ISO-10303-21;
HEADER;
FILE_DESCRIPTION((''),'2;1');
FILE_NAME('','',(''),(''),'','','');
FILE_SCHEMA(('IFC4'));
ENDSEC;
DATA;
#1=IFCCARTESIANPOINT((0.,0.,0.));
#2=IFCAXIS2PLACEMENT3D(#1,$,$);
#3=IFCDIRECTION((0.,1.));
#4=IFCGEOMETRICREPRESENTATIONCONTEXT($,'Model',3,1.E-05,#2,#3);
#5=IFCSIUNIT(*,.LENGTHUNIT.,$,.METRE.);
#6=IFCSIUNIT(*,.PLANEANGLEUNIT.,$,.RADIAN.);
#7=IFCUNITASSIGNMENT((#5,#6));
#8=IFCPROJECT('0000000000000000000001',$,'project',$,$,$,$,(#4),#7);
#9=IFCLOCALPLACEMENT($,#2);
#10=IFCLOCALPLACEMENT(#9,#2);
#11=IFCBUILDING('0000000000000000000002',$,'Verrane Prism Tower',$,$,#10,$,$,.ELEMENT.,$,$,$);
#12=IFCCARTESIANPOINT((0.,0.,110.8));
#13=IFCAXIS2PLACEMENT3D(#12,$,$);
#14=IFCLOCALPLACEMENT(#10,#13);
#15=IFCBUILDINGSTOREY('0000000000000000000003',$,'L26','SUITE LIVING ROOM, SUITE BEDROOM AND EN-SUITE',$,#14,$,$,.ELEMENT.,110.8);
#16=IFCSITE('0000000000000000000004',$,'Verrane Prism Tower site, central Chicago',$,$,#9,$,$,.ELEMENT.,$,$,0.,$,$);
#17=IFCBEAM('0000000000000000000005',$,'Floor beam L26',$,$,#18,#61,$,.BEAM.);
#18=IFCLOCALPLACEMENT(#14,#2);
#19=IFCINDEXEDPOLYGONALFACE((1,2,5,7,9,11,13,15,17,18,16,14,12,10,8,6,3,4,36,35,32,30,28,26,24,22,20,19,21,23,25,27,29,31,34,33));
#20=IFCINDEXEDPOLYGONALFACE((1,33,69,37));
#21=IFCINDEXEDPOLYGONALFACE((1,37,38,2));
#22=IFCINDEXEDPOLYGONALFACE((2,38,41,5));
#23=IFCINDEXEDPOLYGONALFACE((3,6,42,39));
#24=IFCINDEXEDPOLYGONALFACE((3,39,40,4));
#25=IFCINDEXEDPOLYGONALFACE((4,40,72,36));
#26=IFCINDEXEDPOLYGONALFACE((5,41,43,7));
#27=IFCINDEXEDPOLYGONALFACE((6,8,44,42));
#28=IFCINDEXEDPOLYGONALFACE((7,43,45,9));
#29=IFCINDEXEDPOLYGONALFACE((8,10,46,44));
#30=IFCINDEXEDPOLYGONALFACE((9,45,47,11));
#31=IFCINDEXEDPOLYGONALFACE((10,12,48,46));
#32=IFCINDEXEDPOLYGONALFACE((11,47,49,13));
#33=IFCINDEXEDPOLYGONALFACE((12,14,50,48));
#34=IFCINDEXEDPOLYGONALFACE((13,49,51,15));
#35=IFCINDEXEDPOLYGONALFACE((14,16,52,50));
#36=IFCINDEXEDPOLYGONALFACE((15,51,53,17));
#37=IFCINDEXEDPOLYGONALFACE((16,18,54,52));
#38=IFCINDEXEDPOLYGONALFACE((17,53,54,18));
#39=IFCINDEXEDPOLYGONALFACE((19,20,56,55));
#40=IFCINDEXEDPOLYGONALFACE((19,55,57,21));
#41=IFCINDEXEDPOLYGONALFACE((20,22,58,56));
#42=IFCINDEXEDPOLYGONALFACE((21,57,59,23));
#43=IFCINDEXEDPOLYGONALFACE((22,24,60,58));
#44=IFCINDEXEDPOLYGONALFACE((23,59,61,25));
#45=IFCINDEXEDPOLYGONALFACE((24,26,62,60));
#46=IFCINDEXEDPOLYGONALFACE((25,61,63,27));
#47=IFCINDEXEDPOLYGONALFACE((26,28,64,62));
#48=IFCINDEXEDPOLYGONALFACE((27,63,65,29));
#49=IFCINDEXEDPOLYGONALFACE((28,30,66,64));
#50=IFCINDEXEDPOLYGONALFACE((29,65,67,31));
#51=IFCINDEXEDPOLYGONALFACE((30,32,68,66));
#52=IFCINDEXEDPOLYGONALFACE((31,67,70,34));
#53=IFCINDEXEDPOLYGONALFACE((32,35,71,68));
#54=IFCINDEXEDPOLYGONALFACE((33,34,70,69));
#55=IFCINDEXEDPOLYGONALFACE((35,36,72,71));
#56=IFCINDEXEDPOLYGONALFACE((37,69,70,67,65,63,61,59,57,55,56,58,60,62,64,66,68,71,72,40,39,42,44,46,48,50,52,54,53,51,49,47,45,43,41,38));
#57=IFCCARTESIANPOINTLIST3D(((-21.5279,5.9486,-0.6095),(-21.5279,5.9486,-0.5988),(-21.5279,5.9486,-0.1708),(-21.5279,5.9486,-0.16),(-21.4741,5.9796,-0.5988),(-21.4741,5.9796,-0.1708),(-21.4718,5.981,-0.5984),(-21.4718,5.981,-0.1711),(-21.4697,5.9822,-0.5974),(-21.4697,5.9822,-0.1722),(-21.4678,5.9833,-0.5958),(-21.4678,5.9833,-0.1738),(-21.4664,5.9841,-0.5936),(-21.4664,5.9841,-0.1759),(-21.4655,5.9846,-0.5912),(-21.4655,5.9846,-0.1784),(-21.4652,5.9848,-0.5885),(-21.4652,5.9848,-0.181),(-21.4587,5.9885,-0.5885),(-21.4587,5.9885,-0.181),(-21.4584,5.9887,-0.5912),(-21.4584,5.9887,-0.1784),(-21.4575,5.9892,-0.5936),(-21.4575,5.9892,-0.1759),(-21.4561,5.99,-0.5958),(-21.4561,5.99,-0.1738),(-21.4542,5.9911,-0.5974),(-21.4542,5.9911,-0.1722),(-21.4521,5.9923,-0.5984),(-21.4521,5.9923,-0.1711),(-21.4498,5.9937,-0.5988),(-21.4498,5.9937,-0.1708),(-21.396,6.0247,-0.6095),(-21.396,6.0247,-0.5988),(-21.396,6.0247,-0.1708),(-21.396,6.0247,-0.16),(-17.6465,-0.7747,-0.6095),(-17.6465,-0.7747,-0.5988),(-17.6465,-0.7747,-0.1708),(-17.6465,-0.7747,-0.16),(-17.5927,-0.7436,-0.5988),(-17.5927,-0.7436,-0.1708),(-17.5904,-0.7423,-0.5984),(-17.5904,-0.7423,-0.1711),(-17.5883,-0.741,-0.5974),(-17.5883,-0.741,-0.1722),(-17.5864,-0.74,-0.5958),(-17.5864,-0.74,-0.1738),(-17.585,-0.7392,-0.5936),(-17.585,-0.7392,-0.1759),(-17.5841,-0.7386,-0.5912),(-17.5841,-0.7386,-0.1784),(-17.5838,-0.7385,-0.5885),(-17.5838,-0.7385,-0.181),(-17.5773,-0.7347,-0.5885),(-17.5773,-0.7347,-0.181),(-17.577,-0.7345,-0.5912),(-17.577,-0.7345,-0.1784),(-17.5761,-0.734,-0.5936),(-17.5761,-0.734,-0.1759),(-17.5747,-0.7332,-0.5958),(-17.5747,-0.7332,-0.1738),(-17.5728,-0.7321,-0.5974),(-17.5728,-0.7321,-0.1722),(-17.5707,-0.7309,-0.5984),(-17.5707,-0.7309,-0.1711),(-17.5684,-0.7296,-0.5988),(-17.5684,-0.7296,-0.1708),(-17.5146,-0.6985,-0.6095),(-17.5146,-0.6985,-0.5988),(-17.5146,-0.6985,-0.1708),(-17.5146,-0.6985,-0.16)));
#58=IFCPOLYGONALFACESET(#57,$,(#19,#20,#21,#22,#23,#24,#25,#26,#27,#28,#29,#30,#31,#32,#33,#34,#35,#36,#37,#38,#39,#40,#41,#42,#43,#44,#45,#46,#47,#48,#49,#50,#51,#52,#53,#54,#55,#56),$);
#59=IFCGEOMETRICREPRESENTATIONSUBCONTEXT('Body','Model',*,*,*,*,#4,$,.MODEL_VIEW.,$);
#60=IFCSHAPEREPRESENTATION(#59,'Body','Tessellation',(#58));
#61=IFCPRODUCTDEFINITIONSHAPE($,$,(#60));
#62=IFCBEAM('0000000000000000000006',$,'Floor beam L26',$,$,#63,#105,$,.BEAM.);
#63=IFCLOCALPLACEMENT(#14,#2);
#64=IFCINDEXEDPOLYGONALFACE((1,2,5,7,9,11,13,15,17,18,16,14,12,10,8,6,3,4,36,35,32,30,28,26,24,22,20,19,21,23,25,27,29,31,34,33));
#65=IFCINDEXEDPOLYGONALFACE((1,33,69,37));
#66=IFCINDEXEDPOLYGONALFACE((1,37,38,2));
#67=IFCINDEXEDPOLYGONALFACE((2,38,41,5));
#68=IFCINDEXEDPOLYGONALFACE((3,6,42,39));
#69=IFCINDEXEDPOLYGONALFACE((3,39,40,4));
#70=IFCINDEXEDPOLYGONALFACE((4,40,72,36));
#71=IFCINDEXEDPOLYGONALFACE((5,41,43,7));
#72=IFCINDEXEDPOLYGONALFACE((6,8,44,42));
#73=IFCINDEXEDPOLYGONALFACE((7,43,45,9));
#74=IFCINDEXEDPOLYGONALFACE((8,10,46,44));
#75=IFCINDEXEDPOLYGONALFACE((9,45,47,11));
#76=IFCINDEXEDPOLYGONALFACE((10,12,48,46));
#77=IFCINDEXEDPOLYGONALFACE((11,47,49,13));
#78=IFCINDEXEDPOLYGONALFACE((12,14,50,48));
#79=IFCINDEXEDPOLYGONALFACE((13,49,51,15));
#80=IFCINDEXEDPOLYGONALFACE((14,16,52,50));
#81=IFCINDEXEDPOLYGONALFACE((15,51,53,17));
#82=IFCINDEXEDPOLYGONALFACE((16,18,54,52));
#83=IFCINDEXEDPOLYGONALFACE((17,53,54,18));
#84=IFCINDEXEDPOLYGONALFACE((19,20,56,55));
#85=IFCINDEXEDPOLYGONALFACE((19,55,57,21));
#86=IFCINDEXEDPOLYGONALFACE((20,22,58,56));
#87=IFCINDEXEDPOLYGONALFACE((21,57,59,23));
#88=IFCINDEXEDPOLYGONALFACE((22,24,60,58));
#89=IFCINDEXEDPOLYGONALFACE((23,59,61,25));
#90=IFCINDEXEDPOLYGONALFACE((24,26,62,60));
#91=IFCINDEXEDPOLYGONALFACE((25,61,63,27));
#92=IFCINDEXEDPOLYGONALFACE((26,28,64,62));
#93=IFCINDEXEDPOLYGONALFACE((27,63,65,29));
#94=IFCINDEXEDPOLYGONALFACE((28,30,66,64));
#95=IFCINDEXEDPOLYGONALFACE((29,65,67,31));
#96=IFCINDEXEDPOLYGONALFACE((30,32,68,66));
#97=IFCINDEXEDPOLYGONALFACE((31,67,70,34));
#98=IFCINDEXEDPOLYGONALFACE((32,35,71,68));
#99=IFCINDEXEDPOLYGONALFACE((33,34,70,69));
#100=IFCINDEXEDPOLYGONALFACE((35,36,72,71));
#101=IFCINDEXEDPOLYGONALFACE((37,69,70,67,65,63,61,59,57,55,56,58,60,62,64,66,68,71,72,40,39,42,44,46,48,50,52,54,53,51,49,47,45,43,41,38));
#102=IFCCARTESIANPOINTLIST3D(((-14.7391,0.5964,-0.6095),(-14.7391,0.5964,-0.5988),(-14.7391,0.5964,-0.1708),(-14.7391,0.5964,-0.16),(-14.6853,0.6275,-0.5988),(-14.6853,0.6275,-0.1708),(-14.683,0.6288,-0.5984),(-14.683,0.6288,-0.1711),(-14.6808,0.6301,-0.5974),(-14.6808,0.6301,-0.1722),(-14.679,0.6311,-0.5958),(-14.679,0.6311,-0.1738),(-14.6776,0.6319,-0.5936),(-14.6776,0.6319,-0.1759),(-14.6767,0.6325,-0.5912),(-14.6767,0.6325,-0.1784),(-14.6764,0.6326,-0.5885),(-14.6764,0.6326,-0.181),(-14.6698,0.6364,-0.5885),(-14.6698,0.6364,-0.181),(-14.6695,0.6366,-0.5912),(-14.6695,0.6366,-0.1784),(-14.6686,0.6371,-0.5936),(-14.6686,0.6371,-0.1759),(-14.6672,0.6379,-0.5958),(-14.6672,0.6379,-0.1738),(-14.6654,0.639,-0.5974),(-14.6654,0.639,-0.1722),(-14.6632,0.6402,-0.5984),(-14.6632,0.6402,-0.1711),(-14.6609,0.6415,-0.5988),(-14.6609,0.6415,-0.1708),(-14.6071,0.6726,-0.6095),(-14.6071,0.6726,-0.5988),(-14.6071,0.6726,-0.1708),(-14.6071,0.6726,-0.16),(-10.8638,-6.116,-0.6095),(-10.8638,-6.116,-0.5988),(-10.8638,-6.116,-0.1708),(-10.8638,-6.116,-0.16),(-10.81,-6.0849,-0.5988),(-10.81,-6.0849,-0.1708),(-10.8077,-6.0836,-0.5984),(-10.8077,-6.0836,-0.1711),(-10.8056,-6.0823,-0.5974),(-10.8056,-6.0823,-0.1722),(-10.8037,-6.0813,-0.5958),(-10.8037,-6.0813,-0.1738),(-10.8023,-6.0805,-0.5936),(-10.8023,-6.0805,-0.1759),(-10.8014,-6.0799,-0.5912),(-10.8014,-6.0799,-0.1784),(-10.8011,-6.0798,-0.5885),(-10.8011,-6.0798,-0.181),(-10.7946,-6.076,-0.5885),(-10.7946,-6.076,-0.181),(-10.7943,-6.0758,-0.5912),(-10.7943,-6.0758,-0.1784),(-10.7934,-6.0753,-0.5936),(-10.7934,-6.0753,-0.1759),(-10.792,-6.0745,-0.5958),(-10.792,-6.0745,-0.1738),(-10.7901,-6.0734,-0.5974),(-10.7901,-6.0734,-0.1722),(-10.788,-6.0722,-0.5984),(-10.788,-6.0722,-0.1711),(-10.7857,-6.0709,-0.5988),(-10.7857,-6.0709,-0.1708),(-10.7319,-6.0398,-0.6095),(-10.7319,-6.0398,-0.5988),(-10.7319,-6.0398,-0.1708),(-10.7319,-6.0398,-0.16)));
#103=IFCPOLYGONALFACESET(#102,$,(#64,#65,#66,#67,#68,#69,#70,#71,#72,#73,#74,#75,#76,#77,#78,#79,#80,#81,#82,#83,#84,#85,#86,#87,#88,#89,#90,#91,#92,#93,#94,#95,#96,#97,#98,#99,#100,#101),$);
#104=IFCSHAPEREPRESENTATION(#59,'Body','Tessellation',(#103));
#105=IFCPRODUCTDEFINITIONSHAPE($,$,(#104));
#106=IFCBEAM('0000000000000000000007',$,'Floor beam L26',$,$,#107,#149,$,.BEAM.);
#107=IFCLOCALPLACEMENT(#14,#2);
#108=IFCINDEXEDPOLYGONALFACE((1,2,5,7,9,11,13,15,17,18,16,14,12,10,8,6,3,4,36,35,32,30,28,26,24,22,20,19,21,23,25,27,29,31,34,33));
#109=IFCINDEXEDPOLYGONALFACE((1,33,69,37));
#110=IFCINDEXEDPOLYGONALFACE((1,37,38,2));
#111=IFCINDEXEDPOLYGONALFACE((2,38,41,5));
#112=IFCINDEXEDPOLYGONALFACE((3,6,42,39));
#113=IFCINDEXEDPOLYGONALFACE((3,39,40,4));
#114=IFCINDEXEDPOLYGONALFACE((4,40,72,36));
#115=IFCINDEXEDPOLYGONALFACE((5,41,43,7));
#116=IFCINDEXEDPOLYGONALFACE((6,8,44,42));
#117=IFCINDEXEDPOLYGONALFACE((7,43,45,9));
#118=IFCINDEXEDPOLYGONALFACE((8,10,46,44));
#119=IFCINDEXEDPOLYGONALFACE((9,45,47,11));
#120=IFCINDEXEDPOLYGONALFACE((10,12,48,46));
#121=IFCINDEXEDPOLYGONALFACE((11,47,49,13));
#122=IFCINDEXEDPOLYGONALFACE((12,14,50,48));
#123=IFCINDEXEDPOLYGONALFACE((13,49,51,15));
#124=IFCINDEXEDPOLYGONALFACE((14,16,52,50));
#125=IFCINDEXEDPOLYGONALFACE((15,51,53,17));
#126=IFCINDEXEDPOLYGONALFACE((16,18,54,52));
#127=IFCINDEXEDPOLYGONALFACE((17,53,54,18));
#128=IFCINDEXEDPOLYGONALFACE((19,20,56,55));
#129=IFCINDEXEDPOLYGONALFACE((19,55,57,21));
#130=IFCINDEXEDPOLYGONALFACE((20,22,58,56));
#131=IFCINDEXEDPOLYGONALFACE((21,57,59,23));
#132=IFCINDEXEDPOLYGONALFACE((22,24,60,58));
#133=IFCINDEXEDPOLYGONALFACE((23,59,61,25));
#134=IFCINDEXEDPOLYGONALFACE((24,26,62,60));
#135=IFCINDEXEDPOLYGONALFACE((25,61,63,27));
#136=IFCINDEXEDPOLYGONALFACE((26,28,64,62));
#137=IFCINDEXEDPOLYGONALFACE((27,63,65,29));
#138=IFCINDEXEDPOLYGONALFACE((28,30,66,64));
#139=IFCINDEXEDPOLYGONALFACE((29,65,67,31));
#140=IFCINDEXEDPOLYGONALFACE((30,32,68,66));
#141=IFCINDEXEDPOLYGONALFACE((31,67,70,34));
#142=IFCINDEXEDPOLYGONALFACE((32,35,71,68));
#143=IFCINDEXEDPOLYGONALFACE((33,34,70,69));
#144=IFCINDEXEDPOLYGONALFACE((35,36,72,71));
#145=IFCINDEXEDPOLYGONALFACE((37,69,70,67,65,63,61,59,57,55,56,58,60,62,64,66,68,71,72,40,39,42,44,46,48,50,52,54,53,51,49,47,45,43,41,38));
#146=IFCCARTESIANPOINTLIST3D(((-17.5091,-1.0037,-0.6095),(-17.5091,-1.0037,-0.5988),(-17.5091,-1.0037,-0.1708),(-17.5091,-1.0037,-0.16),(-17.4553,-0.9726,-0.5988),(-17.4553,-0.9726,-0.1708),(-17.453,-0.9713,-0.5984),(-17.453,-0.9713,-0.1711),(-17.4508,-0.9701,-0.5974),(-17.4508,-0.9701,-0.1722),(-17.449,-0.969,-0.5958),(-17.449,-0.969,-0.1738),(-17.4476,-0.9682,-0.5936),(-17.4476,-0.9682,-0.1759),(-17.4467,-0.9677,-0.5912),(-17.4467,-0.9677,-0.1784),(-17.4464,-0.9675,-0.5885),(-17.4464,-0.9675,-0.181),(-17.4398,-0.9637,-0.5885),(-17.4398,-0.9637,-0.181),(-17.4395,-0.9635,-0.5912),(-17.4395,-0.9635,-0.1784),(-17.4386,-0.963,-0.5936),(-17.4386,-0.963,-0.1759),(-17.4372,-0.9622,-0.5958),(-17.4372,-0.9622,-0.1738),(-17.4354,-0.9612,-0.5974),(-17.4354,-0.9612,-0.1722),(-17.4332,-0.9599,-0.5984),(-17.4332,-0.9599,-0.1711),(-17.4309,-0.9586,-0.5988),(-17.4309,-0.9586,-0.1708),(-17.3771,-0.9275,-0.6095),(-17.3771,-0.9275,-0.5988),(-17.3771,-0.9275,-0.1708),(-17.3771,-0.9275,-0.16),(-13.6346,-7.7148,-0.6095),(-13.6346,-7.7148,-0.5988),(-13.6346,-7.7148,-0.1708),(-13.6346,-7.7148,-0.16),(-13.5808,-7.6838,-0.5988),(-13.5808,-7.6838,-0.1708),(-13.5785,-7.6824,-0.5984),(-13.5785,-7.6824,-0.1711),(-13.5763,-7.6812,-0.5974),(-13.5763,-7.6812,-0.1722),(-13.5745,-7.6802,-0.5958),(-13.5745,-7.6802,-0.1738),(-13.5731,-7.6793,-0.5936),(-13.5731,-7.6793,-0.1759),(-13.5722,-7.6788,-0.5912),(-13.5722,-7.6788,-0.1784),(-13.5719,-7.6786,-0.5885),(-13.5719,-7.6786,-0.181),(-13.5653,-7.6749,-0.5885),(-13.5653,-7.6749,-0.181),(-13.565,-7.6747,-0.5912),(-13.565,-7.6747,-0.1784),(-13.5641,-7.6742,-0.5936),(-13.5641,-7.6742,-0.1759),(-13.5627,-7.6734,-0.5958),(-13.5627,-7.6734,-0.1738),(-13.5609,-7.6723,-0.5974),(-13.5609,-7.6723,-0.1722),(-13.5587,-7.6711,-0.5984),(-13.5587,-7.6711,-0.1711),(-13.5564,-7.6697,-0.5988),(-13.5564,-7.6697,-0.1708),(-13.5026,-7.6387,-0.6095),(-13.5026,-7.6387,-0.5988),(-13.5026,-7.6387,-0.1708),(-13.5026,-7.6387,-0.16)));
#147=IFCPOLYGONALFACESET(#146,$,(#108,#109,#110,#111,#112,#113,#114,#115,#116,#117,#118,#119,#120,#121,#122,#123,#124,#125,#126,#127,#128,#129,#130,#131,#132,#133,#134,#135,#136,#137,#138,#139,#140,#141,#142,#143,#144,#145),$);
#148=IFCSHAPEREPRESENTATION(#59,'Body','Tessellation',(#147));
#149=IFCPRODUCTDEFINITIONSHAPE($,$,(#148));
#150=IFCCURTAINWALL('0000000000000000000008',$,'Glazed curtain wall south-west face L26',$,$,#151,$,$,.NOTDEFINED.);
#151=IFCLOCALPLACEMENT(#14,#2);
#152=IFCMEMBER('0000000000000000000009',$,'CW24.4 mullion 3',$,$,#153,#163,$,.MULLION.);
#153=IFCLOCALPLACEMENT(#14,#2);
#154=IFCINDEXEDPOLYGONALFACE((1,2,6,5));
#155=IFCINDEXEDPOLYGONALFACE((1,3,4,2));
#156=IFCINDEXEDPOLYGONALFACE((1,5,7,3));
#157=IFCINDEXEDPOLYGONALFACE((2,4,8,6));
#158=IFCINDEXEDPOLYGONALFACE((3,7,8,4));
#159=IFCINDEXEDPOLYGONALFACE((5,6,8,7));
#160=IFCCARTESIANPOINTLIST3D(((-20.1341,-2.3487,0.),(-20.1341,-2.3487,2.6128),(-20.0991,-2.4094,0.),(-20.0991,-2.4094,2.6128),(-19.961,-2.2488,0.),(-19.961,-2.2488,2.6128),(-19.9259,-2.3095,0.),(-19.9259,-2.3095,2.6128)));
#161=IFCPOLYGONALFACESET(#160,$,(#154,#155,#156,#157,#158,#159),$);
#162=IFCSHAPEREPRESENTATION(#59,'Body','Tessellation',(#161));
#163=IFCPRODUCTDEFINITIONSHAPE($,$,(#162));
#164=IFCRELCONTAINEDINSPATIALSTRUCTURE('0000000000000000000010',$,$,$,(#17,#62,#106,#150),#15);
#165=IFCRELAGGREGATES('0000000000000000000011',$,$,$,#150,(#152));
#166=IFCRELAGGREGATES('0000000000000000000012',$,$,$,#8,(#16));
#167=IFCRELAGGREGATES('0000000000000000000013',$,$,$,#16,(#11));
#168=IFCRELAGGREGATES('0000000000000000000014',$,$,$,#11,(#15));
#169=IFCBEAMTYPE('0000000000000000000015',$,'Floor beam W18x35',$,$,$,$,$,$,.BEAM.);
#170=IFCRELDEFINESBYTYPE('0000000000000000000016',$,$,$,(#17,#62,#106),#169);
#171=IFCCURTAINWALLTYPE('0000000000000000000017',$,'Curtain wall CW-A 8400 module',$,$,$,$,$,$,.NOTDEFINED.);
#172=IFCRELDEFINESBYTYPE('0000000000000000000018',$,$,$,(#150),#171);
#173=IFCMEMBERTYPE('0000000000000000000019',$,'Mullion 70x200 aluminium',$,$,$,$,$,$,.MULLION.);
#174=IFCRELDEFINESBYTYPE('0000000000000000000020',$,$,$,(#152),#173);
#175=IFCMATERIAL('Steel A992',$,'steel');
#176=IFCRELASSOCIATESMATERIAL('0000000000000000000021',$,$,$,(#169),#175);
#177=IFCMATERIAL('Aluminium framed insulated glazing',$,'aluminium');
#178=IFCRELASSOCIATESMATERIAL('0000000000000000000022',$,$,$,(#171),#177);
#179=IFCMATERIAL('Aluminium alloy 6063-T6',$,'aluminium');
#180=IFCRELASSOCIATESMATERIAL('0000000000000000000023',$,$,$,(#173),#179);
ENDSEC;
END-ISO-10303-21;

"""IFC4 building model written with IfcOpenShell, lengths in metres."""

from ifc_helpers import new_model, si_unit, direction, frame, origin, origin_2d, place, context, subcontext, project, spatial, rectangle, i_section, extrude, material, material_profile, profile_set, type_object, element, aggregate, save


model = new_model("IFC4")

# Units and contexts
model_context = context("Model", 3, precision=1e-05, world=origin(), true_north=direction((0.0, 1.0)))
body_context = subcontext(model_context, "Body", "Model", "MODEL_VIEW")
ifc_project = project(units=[si_unit("LENGTHUNIT", "METRE"), si_unit("PLANEANGLEUNIT", "RADIAN")], contexts=[model_context])

# Site, building, storey
site_placement = place(None, origin())
site = spatial("IfcSite", under=ifc_project, at=site_placement, Name="Verrane Prism Tower site, central Chicago", CompositionType="ELEMENT", RefElevation=0.0)
building_placement = place(site_placement, origin())
building = spatial("IfcBuilding", under=site, at=building_placement, Name="Verrane Prism Tower", CompositionType="ELEMENT")
storey_placement = place(building_placement, frame((0.0, 0.0, 110.8)))
storey = spatial("IfcBuildingStorey", under=building, at=storey_placement, Name="L26", Description="SUITE LIVING ROOM, SUITE BEDROOM AND EN-SUITE", CompositionType="ELEMENT", Elevation=110.8)

# Beams
ifc_material_1 = material(Name="Steel A992", Category="steel")
ifc_material_profile_1 = material_profile(ifc_material_1, i_section(OverallWidth=0.1523, OverallDepth=0.4495, WebThickness=0.0076, FlangeThickness=0.0107, FilletRadius=0.0103, at=origin_2d()), Name="W18x35")
ifc_profile_set_1 = profile_set([ifc_material_profile_1], Name="Steel A992")
beam_type_1 = type_object("IfcBeamType", Name="Floor beam W18x35", PredefinedType="BEAM", material=ifc_profile_set_1)
beam_1_placement = place(storey_placement, frame((-17.5806, -0.7366, -0.3848), z_axis=(-0.499975, 0.86604, 0.0), x_axis=(-0.86604, -0.499975, 0.0)))
element("IfcBeam", 1, at=beam_1_placement, inside=storey, type_object=beam_type_1, Name="Floor beam L26", PredefinedType="BEAM", context=body_context, shape_type="SweptSolid", body=[
    extrude(i_section(OverallWidth=0.1523, OverallDepth=0.4495, WebThickness=0.0076, FlangeThickness=0.0107, FilletRadius=0.0103, at=origin_2d()), origin(), (0.0, 0.0, 1.0), 7.7632),
])
beam_2_placement = place(storey_placement, frame((-10.7979, -6.0779, -0.3848), z_axis=(-0.499984, 0.866035, 0.0), x_axis=(-0.866035, -0.499984, 0.0)))
element("IfcBeam", 2, at=beam_2_placement, inside=storey, type_object=beam_type_1, Name="Floor beam L26", PredefinedType="BEAM", context=body_context, shape_type="SweptSolid", body=[
    extrude(i_section(OverallWidth=0.1523, OverallDepth=0.4495, WebThickness=0.0076, FlangeThickness=0.0107, FilletRadius=0.0103, at=origin_2d()), origin(), (0.0, 0.0, 1.0), 7.7507),
])
beam_3_placement = place(storey_placement, frame((-13.5686, -7.6768, -0.3848), z_axis=(-0.499982, 0.866036, 0.0), x_axis=(-0.866036, -0.499982, 0.0)))
element("IfcBeam", 3, at=beam_3_placement, inside=storey, type_object=beam_type_1, Name="Floor beam L26", PredefinedType="BEAM", context=body_context, shape_type="SweptSolid", body=[
    extrude(i_section(OverallWidth=0.1523, OverallDepth=0.4495, WebThickness=0.0076, FlangeThickness=0.0107, FilletRadius=0.0103, at=origin_2d()), origin(), (0.0, 0.0, 1.0), 7.7493),
])

# Curtain wall, member
ifc_material_2 = material(Name="Aluminium framed insulated glazing", Category="aluminium")
curtain_wall_type = type_object("IfcCurtainWallType", Name="Curtain wall CW-A 8400 module", PredefinedType="NOTDEFINED", material=ifc_material_2)
curtain_wall_placement = place(storey_placement, origin())
curtain_wall = element("IfcCurtainWall", 4, at=curtain_wall_placement, inside=storey, type_object=curtain_wall_type, Name="Glazed curtain wall south-west face L26", PredefinedType="NOTDEFINED")
ifc_material_3 = material(Name="Aluminium alloy 6063-T6", Category="aluminium")
ifc_material_profile_2 = material_profile(ifc_material_3, rectangle(XDim=0.2, YDim=0.0701, at=origin_2d()), Name="Mullion 70x200 aluminium")
ifc_profile_set_2 = profile_set([ifc_material_profile_2], Name="Aluminium alloy 6063-T6")
member_type_1 = type_object("IfcMemberType", Name="Mullion 70x200 aluminium", PredefinedType="MULLION", material=ifc_profile_set_2)
member_1_placement = place(storey_placement, frame((-20.03, -2.3291, 0.0), z_axis=(0.0, 0.0, 1.0), x_axis=(0.866025, 0.5, 0.0)))
member_1 = element("IfcMember", 5, at=member_1_placement, type_object=member_type_1, Name="CW24.4 mullion 3", PredefinedType="MULLION", context=body_context, shape_type="SweptSolid", body=[
    extrude(rectangle(XDim=0.2, YDim=0.0701, at=origin_2d()), origin(), (0.0, 0.0, 1.0), 2.6128),
])

aggregate(curtain_wall, [member_1])

save(model, "model.ifc")
